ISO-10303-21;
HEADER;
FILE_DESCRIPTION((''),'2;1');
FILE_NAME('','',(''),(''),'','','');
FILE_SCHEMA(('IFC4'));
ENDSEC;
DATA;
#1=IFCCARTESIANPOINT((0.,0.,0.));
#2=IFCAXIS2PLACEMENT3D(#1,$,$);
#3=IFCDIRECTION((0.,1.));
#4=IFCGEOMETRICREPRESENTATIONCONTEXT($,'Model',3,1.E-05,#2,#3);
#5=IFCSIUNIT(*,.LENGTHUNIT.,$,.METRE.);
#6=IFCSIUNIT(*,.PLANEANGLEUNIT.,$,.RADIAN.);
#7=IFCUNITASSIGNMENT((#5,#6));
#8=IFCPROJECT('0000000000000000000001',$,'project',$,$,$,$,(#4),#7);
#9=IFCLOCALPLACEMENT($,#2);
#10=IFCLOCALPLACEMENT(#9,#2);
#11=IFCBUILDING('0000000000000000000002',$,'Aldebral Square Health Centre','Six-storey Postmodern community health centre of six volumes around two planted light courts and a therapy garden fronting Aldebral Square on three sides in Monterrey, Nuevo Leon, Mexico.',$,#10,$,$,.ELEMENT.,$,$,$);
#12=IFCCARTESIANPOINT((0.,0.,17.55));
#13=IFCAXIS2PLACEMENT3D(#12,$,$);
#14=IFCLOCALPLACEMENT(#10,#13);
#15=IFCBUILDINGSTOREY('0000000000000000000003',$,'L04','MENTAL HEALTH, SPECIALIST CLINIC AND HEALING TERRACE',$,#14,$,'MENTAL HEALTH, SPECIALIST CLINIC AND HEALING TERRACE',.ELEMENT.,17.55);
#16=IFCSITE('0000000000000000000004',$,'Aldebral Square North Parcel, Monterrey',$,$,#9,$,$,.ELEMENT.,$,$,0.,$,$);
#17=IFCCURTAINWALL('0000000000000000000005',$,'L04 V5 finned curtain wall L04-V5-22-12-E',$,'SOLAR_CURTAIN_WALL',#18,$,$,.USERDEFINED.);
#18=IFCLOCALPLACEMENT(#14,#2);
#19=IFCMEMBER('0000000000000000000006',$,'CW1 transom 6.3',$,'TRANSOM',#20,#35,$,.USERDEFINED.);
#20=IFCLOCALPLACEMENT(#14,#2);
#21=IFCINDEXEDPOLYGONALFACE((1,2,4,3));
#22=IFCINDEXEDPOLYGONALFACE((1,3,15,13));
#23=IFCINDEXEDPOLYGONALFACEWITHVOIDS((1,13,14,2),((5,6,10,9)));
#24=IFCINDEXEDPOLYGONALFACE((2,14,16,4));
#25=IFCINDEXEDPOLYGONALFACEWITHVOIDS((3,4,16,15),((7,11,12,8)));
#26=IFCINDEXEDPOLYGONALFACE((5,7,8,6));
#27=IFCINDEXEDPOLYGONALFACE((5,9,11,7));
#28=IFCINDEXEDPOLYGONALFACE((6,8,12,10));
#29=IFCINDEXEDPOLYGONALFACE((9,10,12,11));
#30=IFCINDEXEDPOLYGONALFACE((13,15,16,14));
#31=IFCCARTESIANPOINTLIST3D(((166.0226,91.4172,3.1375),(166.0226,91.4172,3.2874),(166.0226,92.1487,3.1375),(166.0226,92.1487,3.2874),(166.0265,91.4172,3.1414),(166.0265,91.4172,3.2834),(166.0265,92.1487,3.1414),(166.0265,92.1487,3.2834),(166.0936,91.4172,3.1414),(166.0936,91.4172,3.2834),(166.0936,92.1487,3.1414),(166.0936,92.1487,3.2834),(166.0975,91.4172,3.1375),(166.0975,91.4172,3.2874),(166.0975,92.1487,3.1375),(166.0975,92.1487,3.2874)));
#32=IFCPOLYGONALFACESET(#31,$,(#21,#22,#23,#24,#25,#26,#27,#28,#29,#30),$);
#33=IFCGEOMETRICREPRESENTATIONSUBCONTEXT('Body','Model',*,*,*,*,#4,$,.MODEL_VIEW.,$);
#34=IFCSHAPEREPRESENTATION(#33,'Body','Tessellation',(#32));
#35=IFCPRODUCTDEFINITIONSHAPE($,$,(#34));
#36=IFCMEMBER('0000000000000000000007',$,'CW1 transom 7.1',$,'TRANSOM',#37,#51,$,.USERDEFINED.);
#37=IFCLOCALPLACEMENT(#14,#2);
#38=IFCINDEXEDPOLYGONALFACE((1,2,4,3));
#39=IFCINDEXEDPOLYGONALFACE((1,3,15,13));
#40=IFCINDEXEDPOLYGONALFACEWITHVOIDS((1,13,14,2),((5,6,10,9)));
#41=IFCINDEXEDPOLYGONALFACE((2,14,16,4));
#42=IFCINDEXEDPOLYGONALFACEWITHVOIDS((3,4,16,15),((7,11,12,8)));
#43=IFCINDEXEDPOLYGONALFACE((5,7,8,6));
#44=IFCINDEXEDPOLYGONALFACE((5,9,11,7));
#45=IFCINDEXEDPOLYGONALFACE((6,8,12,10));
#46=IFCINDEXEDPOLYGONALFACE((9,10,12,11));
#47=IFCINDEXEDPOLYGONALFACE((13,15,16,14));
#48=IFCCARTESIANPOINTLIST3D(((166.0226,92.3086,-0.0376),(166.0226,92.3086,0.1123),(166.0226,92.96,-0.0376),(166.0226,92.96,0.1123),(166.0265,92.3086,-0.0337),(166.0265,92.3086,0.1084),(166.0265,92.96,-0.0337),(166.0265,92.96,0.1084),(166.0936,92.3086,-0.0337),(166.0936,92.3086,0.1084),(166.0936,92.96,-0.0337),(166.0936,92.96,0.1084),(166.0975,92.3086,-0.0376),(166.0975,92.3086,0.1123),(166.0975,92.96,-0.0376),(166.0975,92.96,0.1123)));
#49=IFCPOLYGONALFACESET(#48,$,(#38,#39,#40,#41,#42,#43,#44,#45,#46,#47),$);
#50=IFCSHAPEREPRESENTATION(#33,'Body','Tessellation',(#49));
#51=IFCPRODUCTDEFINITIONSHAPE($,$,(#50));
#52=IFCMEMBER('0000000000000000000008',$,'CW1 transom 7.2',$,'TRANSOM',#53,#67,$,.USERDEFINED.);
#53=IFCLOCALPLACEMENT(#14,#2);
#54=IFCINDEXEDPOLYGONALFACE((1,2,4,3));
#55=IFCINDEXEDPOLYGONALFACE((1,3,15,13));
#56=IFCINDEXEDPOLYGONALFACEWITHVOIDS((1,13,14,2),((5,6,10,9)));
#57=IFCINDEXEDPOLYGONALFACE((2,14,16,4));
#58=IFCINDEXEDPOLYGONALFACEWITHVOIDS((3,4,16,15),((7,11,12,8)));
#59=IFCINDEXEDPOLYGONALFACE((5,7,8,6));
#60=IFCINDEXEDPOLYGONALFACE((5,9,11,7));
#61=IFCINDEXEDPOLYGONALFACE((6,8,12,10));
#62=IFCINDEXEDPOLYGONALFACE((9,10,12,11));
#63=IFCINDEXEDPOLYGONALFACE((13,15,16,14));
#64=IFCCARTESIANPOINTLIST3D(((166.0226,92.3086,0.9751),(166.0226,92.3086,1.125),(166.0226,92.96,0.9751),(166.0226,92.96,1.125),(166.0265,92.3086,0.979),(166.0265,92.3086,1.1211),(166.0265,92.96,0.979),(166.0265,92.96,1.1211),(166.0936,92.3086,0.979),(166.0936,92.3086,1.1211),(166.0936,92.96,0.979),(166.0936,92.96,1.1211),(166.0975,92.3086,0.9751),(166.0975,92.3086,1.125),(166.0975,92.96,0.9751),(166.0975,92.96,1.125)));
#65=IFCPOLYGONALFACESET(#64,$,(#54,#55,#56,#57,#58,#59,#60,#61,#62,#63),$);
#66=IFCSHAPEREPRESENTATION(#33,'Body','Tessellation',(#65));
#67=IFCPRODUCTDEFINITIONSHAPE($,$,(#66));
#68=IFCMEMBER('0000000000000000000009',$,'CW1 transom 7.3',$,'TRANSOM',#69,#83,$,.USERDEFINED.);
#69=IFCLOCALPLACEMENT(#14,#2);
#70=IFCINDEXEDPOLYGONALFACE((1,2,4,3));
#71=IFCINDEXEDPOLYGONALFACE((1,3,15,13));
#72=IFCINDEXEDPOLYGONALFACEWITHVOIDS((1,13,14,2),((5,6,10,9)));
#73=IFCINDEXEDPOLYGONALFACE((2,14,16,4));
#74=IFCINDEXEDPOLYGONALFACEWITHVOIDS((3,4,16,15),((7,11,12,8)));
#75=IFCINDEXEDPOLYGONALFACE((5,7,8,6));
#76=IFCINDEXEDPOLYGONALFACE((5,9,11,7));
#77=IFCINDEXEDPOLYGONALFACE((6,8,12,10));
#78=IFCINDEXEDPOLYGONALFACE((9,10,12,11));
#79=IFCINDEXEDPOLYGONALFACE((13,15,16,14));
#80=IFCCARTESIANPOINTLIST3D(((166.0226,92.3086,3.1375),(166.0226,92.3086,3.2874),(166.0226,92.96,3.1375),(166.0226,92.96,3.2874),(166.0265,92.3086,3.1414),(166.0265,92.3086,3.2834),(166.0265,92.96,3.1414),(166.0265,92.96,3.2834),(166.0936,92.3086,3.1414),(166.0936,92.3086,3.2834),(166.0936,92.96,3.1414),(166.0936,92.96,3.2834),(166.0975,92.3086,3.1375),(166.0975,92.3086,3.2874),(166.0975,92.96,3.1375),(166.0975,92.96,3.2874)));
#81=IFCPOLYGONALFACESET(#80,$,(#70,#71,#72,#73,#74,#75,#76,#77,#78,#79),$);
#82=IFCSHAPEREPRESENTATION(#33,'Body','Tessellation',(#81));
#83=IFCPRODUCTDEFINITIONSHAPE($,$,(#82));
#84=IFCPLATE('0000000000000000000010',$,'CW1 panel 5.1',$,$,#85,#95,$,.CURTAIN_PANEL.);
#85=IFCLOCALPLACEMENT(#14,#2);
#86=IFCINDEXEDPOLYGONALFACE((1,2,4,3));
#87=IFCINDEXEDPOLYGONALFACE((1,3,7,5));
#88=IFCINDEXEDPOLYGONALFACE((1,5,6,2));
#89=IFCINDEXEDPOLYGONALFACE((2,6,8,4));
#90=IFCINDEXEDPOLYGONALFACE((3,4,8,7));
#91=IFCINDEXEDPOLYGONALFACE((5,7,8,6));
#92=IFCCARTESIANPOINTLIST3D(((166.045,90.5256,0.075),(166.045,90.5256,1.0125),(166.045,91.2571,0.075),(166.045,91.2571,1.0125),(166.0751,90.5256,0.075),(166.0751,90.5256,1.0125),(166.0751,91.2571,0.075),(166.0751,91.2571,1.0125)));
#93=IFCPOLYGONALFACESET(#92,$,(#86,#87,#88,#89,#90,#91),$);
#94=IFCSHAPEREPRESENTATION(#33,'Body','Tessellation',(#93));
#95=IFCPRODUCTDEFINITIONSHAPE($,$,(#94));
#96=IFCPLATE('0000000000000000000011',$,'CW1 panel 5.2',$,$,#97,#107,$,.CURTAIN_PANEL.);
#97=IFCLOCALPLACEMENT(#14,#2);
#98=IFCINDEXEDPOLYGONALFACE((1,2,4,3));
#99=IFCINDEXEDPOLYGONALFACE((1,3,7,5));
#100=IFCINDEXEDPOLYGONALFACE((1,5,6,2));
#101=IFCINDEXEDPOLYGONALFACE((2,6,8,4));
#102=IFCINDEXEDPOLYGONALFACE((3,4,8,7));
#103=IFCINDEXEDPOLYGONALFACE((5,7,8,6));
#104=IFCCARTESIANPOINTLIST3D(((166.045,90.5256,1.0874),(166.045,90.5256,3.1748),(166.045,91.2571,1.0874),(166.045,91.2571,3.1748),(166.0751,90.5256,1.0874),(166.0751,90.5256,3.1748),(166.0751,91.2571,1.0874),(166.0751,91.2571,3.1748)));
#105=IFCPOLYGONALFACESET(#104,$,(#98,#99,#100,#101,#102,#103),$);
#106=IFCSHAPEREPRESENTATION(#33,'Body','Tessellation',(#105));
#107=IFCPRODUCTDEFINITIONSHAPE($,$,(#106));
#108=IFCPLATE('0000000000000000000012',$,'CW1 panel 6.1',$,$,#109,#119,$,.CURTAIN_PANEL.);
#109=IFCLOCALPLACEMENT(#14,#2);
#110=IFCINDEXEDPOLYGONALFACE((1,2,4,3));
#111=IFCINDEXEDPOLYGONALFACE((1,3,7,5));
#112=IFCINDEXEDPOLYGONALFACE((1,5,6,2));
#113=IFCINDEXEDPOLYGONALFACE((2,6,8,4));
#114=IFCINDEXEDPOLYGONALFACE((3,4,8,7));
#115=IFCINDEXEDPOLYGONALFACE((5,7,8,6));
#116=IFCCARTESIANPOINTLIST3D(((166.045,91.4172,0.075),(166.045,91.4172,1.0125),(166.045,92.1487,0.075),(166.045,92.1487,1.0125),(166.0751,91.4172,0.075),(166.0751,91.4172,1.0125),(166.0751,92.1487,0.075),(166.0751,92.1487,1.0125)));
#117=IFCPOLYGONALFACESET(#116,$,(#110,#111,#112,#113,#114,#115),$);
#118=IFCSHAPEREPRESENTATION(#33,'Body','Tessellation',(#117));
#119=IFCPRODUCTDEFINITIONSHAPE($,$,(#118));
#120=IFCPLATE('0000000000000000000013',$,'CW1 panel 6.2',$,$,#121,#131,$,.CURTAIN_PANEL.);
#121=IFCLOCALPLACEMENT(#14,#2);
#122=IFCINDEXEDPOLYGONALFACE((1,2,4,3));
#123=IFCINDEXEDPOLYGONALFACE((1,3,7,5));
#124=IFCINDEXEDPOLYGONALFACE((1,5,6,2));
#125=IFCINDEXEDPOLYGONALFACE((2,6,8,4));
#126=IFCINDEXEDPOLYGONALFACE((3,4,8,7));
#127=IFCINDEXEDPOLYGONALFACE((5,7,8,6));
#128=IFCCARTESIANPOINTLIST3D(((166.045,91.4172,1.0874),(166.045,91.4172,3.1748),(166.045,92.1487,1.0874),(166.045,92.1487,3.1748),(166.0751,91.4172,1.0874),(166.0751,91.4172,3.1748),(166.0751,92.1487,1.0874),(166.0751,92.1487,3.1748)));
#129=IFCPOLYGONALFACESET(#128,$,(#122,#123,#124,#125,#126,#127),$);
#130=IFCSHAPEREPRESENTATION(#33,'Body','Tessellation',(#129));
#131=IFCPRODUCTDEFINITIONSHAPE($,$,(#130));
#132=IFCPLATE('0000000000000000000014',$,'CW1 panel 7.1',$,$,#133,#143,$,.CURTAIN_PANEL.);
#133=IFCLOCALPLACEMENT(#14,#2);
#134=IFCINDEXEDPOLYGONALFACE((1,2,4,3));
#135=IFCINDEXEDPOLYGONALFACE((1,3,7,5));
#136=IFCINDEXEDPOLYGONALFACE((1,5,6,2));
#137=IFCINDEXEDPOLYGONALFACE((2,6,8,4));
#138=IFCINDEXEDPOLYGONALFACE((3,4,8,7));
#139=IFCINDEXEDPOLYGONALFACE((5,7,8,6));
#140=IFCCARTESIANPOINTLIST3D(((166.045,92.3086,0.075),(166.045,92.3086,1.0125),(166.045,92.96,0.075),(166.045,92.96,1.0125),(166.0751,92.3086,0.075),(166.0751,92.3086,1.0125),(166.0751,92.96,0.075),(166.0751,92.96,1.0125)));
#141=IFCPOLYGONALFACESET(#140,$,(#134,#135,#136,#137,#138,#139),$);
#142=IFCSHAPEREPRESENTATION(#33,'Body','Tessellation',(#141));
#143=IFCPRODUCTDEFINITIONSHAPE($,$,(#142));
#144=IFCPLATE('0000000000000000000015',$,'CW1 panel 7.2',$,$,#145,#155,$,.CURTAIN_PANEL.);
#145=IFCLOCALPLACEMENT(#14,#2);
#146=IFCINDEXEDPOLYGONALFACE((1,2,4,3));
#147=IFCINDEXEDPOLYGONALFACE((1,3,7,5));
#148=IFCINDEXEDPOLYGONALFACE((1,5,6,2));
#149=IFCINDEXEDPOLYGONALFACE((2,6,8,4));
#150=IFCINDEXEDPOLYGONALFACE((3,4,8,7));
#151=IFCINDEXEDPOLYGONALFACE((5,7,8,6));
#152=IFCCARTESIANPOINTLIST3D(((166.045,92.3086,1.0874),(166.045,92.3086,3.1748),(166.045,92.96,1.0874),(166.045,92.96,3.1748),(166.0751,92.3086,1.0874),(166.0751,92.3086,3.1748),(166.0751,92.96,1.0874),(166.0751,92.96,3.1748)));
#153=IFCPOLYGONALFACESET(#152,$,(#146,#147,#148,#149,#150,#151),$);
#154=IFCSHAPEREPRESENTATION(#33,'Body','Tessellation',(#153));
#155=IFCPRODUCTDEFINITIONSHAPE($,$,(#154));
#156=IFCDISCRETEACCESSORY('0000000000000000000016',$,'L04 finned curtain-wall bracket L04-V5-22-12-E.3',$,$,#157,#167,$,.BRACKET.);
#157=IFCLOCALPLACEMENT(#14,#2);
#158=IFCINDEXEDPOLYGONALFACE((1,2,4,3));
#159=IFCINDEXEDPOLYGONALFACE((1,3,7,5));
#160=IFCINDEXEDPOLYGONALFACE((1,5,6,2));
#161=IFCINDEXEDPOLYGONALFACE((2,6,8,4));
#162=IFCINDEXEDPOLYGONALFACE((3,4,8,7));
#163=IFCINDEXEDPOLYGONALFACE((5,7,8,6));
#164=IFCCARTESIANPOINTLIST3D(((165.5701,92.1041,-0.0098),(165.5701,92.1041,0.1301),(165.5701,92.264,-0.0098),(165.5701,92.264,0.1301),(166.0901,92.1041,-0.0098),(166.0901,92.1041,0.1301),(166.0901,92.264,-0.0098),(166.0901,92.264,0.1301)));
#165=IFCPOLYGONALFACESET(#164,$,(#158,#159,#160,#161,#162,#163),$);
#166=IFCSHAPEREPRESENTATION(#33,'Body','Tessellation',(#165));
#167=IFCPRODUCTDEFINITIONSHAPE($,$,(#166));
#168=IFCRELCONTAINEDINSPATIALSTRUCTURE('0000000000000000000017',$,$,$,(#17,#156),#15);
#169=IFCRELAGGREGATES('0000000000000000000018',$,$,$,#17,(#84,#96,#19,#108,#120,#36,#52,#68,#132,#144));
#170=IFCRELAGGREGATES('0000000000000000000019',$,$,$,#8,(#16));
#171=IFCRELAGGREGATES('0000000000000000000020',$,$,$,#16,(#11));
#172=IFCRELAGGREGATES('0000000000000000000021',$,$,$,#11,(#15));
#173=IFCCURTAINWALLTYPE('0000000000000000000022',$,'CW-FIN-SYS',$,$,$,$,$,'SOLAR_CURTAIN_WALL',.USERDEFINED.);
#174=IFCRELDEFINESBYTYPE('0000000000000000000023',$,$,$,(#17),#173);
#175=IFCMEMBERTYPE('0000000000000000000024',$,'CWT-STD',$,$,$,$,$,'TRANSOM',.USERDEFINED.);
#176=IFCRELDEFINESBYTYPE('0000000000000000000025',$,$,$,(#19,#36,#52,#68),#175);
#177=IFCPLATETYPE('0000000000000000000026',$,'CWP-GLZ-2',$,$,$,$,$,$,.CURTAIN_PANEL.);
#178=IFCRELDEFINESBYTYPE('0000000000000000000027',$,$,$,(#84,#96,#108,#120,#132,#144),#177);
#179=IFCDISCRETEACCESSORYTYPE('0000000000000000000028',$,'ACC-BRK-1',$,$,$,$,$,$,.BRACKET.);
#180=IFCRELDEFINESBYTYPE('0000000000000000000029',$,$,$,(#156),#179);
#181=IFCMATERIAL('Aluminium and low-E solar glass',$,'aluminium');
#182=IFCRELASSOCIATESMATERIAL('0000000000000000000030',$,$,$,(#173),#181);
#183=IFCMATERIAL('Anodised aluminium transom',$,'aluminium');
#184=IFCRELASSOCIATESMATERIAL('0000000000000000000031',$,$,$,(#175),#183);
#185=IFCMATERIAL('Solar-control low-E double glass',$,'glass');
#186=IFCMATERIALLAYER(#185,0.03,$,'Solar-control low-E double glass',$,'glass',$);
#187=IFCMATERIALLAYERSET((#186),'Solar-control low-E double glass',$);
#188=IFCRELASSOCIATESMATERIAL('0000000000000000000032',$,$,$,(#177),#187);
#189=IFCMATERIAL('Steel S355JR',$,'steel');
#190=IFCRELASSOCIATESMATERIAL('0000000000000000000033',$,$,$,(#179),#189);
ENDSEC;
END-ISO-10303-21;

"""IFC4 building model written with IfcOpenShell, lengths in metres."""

from ifc_helpers import new_model, si_unit, direction, frame, origin, origin_2d, place, context, subcontext, project, spatial, rectangle, hollow_rectangle, extrude, material, layer, layer_set, material_profile, profile_set, type_object, element, aggregate, save


model = new_model("IFC4")

# Units and contexts
model_context = context("Model", 3, precision=1e-05, world=origin(), true_north=direction((0.0, 1.0)))
body_context = subcontext(model_context, "Body", "Model", "MODEL_VIEW")
ifc_project = project(units=[si_unit("LENGTHUNIT", "METRE"), si_unit("PLANEANGLEUNIT", "RADIAN")], contexts=[model_context])

# Site, building, storey
site_placement = place(None, origin())
site = spatial("IfcSite", under=ifc_project, at=site_placement, Name="Aldebral Square North Parcel, Monterrey", CompositionType="ELEMENT", RefElevation=0.0)
building_placement = place(site_placement, origin())
building = spatial("IfcBuilding", under=site, at=building_placement, Name="Aldebral Square Health Centre", Description="Six-storey Postmodern community health centre of six volumes around two planted light courts and a therapy garden fronting Aldebral Square on three sides in Monterrey, Nuevo Leon, Mexico.", CompositionType="ELEMENT")
storey_placement = place(building_placement, frame((0.0, 0.0, 17.55)))
storey = spatial("IfcBuildingStorey", under=building, at=storey_placement, Name="L04", Description="MENTAL HEALTH, SPECIALIST CLINIC AND HEALING TERRACE", LongName="MENTAL HEALTH, SPECIALIST CLINIC AND HEALING TERRACE", CompositionType="ELEMENT", Elevation=17.55)

# Curtain wall, members, plates
ifc_material_1 = material(Name="Aluminium and low-E solar glass", Category="aluminium")
curtain_wall_type = type_object("IfcCurtainWallType", Name="CW-FIN-SYS", ElementType="SOLAR_CURTAIN_WALL", PredefinedType="USERDEFINED", material=ifc_material_1)
curtain_wall_placement = place(storey_placement, origin())
curtain_wall = element("IfcCurtainWall", 1, at=curtain_wall_placement, inside=storey, type_object=curtain_wall_type, Name="L04 V5 finned curtain wall L04-V5-22-12-E", ObjectType="SOLAR_CURTAIN_WALL", PredefinedType="USERDEFINED")
ifc_material_2 = material(Name="Anodised aluminium transom", Category="aluminium")
ifc_material_profile_1 = material_profile(ifc_material_2, hollow_rectangle(XDim=0.075, YDim=0.1499, WallThickness=0.0039, at=origin_2d()), Name="CWT 75x150x4")
ifc_profile_set_1 = profile_set([ifc_material_profile_1], Name="Anodised aluminium transom")
member_type_1 = type_object("IfcMemberType", Name="CWT-STD", ElementType="TRANSOM", PredefinedType="USERDEFINED", material=ifc_profile_set_1)
member_1_placement = place(storey_placement, frame((166.0601, 91.4172, 3.2124), z_axis=(0.0, 1.0, 0.0), x_axis=(-1.0, 0.0, 0.0)))
member_1 = element("IfcMember", 2, at=member_1_placement, type_object=member_type_1, Name="CW1 transom 6.3", ObjectType="TRANSOM", PredefinedType="USERDEFINED", context=body_context, shape_type="SweptSolid", body=[
    extrude(hollow_rectangle(XDim=0.075, YDim=0.1499, WallThickness=0.0039, at=origin_2d()), origin(), (0.0, 0.0, 1.0), 0.7314),
])
member_2_placement = place(storey_placement, frame((166.0601, 92.3086, 0.0374), z_axis=(0.0, 1.0, 0.0), x_axis=(-1.0, 0.0, 0.0)))
member_2 = element("IfcMember", 3, at=member_2_placement, type_object=member_type_1, Name="CW1 transom 7.1", ObjectType="TRANSOM", PredefinedType="USERDEFINED", context=body_context, shape_type="SweptSolid", body=[
    extrude(hollow_rectangle(XDim=0.075, YDim=0.1499, WallThickness=0.0039, at=origin_2d()), origin(), (0.0, 0.0, 1.0), 0.6514),
])
member_3_placement = place(storey_placement, frame((166.0601, 92.3086, 1.05), z_axis=(0.0, 1.0, 0.0), x_axis=(-1.0, 0.0, 0.0)))
member_3 = element("IfcMember", 4, at=member_3_placement, type_object=member_type_1, Name="CW1 transom 7.2", ObjectType="TRANSOM", PredefinedType="USERDEFINED", context=body_context, shape_type="SweptSolid", body=[
    extrude(hollow_rectangle(XDim=0.075, YDim=0.1499, WallThickness=0.0039, at=origin_2d()), origin(), (0.0, 0.0, 1.0), 0.6514),
])
member_4_placement = place(storey_placement, frame((166.0601, 92.3086, 3.2124), z_axis=(0.0, 1.0, 0.0), x_axis=(-1.0, 0.0, 0.0)))
member_4 = element("IfcMember", 5, at=member_4_placement, type_object=member_type_1, Name="CW1 transom 7.3", ObjectType="TRANSOM", PredefinedType="USERDEFINED", context=body_context, shape_type="SweptSolid", body=[
    extrude(hollow_rectangle(XDim=0.075, YDim=0.1499, WallThickness=0.0039, at=origin_2d()), origin(), (0.0, 0.0, 1.0), 0.6514),
])
ifc_material_3 = material(Name="Solar-control low-E double glass", Category="glass")
ifc_layer = layer(ifc_material_3, 0.03, Name="Solar-control low-E double glass", Category="glass")
ifc_layer_set = layer_set([ifc_layer], Name="Solar-control low-E double glass")
plate_type = type_object("IfcPlateType", Name="CWP-GLZ-2", PredefinedType="CURTAIN_PANEL", material=ifc_layer_set)
plate_1_placement = place(storey_placement, frame((166.0601, 90.8914, 0.075), z_axis=(0.0, 0.0, 1.0), x_axis=(0.0, 1.0, 0.0)))
plate_1 = element("IfcPlate", 6, at=plate_1_placement, type_object=plate_type, Name="CW1 panel 5.1", PredefinedType="CURTAIN_PANEL", context=body_context, shape_type="SweptSolid", body=[
    extrude(rectangle(XDim=0.7314, YDim=0.03, at=origin_2d()), origin(), (0.0, 0.0, 1.0), 0.9375),
])
plate_2_placement = place(storey_placement, frame((166.0601, 90.8914, 1.0874), z_axis=(0.0, 0.0, 1.0), x_axis=(0.0, 1.0, 0.0)))
plate_2 = element("IfcPlate", 7, at=plate_2_placement, type_object=plate_type, Name="CW1 panel 5.2", PredefinedType="CURTAIN_PANEL", context=body_context, shape_type="SweptSolid", body=[
    extrude(rectangle(XDim=0.7314, YDim=0.03, at=origin_2d()), origin(), (0.0, 0.0, 1.0), 2.0874),
])
plate_3_placement = place(storey_placement, frame((166.0601, 91.783, 0.075), z_axis=(0.0, 0.0, 1.0), x_axis=(0.0, 1.0, 0.0)))
plate_3 = element("IfcPlate", 8, at=plate_3_placement, type_object=plate_type, Name="CW1 panel 6.1", PredefinedType="CURTAIN_PANEL", context=body_context, shape_type="SweptSolid", body=[
    extrude(rectangle(XDim=0.7314, YDim=0.03, at=origin_2d()), origin(), (0.0, 0.0, 1.0), 0.9375),
])
plate_4_placement = place(storey_placement, frame((166.0601, 91.783, 1.0874), z_axis=(0.0, 0.0, 1.0), x_axis=(0.0, 1.0, 0.0)))
plate_4 = element("IfcPlate", 9, at=plate_4_placement, type_object=plate_type, Name="CW1 panel 6.2", PredefinedType="CURTAIN_PANEL", context=body_context, shape_type="SweptSolid", body=[
    extrude(rectangle(XDim=0.7314, YDim=0.03, at=origin_2d()), origin(), (0.0, 0.0, 1.0), 2.0874),
])
plate_5_placement = place(storey_placement, frame((166.0601, 92.6343, 0.075), z_axis=(0.0, 0.0, 1.0), x_axis=(0.0, 1.0, 0.0)))
plate_5 = element("IfcPlate", 10, at=plate_5_placement, type_object=plate_type, Name="CW1 panel 7.1", PredefinedType="CURTAIN_PANEL", context=body_context, shape_type="SweptSolid", body=[
    extrude(rectangle(XDim=0.6514, YDim=0.03, at=origin_2d()), origin(), (0.0, 0.0, 1.0), 0.9375),
])
plate_6_placement = place(storey_placement, frame((166.0601, 92.6343, 1.0874), z_axis=(0.0, 0.0, 1.0), x_axis=(0.0, 1.0, 0.0)))
plate_6 = element("IfcPlate", 11, at=plate_6_placement, type_object=plate_type, Name="CW1 panel 7.2", PredefinedType="CURTAIN_PANEL", context=body_context, shape_type="SweptSolid", body=[
    extrude(rectangle(XDim=0.6514, YDim=0.03, at=origin_2d()), origin(), (0.0, 0.0, 1.0), 2.0874),
])
aggregate(curtain_wall, [plate_1, plate_2, member_1, plate_3, plate_4, member_2, member_3, member_4, plate_5, plate_6])

# Discrete accessory
ifc_material_4 = material(Name="Steel S355JR", Category="steel")
discrete_accessory_type = type_object("IfcDiscreteAccessoryType", Name="ACC-BRK-1", PredefinedType="BRACKET", material=ifc_material_4)
discrete_accessory_placement = place(storey_placement, frame((165.8301, 92.1841, -0.0098), z_axis=(0.0, 0.0, 1.0), x_axis=(0.0, 1.0, 0.0)))
element("IfcDiscreteAccessory", 12, at=discrete_accessory_placement, inside=storey, type_object=discrete_accessory_type, Name="L04 finned curtain-wall bracket L04-V5-22-12-E.3", PredefinedType="BRACKET", context=body_context, shape_type="SweptSolid", body=[
    extrude(rectangle(XDim=0.1599, YDim=0.52, at=origin_2d()), origin(), (0.0, 0.0, 1.0), 0.1399),
])

save(model, "model.ifc")
